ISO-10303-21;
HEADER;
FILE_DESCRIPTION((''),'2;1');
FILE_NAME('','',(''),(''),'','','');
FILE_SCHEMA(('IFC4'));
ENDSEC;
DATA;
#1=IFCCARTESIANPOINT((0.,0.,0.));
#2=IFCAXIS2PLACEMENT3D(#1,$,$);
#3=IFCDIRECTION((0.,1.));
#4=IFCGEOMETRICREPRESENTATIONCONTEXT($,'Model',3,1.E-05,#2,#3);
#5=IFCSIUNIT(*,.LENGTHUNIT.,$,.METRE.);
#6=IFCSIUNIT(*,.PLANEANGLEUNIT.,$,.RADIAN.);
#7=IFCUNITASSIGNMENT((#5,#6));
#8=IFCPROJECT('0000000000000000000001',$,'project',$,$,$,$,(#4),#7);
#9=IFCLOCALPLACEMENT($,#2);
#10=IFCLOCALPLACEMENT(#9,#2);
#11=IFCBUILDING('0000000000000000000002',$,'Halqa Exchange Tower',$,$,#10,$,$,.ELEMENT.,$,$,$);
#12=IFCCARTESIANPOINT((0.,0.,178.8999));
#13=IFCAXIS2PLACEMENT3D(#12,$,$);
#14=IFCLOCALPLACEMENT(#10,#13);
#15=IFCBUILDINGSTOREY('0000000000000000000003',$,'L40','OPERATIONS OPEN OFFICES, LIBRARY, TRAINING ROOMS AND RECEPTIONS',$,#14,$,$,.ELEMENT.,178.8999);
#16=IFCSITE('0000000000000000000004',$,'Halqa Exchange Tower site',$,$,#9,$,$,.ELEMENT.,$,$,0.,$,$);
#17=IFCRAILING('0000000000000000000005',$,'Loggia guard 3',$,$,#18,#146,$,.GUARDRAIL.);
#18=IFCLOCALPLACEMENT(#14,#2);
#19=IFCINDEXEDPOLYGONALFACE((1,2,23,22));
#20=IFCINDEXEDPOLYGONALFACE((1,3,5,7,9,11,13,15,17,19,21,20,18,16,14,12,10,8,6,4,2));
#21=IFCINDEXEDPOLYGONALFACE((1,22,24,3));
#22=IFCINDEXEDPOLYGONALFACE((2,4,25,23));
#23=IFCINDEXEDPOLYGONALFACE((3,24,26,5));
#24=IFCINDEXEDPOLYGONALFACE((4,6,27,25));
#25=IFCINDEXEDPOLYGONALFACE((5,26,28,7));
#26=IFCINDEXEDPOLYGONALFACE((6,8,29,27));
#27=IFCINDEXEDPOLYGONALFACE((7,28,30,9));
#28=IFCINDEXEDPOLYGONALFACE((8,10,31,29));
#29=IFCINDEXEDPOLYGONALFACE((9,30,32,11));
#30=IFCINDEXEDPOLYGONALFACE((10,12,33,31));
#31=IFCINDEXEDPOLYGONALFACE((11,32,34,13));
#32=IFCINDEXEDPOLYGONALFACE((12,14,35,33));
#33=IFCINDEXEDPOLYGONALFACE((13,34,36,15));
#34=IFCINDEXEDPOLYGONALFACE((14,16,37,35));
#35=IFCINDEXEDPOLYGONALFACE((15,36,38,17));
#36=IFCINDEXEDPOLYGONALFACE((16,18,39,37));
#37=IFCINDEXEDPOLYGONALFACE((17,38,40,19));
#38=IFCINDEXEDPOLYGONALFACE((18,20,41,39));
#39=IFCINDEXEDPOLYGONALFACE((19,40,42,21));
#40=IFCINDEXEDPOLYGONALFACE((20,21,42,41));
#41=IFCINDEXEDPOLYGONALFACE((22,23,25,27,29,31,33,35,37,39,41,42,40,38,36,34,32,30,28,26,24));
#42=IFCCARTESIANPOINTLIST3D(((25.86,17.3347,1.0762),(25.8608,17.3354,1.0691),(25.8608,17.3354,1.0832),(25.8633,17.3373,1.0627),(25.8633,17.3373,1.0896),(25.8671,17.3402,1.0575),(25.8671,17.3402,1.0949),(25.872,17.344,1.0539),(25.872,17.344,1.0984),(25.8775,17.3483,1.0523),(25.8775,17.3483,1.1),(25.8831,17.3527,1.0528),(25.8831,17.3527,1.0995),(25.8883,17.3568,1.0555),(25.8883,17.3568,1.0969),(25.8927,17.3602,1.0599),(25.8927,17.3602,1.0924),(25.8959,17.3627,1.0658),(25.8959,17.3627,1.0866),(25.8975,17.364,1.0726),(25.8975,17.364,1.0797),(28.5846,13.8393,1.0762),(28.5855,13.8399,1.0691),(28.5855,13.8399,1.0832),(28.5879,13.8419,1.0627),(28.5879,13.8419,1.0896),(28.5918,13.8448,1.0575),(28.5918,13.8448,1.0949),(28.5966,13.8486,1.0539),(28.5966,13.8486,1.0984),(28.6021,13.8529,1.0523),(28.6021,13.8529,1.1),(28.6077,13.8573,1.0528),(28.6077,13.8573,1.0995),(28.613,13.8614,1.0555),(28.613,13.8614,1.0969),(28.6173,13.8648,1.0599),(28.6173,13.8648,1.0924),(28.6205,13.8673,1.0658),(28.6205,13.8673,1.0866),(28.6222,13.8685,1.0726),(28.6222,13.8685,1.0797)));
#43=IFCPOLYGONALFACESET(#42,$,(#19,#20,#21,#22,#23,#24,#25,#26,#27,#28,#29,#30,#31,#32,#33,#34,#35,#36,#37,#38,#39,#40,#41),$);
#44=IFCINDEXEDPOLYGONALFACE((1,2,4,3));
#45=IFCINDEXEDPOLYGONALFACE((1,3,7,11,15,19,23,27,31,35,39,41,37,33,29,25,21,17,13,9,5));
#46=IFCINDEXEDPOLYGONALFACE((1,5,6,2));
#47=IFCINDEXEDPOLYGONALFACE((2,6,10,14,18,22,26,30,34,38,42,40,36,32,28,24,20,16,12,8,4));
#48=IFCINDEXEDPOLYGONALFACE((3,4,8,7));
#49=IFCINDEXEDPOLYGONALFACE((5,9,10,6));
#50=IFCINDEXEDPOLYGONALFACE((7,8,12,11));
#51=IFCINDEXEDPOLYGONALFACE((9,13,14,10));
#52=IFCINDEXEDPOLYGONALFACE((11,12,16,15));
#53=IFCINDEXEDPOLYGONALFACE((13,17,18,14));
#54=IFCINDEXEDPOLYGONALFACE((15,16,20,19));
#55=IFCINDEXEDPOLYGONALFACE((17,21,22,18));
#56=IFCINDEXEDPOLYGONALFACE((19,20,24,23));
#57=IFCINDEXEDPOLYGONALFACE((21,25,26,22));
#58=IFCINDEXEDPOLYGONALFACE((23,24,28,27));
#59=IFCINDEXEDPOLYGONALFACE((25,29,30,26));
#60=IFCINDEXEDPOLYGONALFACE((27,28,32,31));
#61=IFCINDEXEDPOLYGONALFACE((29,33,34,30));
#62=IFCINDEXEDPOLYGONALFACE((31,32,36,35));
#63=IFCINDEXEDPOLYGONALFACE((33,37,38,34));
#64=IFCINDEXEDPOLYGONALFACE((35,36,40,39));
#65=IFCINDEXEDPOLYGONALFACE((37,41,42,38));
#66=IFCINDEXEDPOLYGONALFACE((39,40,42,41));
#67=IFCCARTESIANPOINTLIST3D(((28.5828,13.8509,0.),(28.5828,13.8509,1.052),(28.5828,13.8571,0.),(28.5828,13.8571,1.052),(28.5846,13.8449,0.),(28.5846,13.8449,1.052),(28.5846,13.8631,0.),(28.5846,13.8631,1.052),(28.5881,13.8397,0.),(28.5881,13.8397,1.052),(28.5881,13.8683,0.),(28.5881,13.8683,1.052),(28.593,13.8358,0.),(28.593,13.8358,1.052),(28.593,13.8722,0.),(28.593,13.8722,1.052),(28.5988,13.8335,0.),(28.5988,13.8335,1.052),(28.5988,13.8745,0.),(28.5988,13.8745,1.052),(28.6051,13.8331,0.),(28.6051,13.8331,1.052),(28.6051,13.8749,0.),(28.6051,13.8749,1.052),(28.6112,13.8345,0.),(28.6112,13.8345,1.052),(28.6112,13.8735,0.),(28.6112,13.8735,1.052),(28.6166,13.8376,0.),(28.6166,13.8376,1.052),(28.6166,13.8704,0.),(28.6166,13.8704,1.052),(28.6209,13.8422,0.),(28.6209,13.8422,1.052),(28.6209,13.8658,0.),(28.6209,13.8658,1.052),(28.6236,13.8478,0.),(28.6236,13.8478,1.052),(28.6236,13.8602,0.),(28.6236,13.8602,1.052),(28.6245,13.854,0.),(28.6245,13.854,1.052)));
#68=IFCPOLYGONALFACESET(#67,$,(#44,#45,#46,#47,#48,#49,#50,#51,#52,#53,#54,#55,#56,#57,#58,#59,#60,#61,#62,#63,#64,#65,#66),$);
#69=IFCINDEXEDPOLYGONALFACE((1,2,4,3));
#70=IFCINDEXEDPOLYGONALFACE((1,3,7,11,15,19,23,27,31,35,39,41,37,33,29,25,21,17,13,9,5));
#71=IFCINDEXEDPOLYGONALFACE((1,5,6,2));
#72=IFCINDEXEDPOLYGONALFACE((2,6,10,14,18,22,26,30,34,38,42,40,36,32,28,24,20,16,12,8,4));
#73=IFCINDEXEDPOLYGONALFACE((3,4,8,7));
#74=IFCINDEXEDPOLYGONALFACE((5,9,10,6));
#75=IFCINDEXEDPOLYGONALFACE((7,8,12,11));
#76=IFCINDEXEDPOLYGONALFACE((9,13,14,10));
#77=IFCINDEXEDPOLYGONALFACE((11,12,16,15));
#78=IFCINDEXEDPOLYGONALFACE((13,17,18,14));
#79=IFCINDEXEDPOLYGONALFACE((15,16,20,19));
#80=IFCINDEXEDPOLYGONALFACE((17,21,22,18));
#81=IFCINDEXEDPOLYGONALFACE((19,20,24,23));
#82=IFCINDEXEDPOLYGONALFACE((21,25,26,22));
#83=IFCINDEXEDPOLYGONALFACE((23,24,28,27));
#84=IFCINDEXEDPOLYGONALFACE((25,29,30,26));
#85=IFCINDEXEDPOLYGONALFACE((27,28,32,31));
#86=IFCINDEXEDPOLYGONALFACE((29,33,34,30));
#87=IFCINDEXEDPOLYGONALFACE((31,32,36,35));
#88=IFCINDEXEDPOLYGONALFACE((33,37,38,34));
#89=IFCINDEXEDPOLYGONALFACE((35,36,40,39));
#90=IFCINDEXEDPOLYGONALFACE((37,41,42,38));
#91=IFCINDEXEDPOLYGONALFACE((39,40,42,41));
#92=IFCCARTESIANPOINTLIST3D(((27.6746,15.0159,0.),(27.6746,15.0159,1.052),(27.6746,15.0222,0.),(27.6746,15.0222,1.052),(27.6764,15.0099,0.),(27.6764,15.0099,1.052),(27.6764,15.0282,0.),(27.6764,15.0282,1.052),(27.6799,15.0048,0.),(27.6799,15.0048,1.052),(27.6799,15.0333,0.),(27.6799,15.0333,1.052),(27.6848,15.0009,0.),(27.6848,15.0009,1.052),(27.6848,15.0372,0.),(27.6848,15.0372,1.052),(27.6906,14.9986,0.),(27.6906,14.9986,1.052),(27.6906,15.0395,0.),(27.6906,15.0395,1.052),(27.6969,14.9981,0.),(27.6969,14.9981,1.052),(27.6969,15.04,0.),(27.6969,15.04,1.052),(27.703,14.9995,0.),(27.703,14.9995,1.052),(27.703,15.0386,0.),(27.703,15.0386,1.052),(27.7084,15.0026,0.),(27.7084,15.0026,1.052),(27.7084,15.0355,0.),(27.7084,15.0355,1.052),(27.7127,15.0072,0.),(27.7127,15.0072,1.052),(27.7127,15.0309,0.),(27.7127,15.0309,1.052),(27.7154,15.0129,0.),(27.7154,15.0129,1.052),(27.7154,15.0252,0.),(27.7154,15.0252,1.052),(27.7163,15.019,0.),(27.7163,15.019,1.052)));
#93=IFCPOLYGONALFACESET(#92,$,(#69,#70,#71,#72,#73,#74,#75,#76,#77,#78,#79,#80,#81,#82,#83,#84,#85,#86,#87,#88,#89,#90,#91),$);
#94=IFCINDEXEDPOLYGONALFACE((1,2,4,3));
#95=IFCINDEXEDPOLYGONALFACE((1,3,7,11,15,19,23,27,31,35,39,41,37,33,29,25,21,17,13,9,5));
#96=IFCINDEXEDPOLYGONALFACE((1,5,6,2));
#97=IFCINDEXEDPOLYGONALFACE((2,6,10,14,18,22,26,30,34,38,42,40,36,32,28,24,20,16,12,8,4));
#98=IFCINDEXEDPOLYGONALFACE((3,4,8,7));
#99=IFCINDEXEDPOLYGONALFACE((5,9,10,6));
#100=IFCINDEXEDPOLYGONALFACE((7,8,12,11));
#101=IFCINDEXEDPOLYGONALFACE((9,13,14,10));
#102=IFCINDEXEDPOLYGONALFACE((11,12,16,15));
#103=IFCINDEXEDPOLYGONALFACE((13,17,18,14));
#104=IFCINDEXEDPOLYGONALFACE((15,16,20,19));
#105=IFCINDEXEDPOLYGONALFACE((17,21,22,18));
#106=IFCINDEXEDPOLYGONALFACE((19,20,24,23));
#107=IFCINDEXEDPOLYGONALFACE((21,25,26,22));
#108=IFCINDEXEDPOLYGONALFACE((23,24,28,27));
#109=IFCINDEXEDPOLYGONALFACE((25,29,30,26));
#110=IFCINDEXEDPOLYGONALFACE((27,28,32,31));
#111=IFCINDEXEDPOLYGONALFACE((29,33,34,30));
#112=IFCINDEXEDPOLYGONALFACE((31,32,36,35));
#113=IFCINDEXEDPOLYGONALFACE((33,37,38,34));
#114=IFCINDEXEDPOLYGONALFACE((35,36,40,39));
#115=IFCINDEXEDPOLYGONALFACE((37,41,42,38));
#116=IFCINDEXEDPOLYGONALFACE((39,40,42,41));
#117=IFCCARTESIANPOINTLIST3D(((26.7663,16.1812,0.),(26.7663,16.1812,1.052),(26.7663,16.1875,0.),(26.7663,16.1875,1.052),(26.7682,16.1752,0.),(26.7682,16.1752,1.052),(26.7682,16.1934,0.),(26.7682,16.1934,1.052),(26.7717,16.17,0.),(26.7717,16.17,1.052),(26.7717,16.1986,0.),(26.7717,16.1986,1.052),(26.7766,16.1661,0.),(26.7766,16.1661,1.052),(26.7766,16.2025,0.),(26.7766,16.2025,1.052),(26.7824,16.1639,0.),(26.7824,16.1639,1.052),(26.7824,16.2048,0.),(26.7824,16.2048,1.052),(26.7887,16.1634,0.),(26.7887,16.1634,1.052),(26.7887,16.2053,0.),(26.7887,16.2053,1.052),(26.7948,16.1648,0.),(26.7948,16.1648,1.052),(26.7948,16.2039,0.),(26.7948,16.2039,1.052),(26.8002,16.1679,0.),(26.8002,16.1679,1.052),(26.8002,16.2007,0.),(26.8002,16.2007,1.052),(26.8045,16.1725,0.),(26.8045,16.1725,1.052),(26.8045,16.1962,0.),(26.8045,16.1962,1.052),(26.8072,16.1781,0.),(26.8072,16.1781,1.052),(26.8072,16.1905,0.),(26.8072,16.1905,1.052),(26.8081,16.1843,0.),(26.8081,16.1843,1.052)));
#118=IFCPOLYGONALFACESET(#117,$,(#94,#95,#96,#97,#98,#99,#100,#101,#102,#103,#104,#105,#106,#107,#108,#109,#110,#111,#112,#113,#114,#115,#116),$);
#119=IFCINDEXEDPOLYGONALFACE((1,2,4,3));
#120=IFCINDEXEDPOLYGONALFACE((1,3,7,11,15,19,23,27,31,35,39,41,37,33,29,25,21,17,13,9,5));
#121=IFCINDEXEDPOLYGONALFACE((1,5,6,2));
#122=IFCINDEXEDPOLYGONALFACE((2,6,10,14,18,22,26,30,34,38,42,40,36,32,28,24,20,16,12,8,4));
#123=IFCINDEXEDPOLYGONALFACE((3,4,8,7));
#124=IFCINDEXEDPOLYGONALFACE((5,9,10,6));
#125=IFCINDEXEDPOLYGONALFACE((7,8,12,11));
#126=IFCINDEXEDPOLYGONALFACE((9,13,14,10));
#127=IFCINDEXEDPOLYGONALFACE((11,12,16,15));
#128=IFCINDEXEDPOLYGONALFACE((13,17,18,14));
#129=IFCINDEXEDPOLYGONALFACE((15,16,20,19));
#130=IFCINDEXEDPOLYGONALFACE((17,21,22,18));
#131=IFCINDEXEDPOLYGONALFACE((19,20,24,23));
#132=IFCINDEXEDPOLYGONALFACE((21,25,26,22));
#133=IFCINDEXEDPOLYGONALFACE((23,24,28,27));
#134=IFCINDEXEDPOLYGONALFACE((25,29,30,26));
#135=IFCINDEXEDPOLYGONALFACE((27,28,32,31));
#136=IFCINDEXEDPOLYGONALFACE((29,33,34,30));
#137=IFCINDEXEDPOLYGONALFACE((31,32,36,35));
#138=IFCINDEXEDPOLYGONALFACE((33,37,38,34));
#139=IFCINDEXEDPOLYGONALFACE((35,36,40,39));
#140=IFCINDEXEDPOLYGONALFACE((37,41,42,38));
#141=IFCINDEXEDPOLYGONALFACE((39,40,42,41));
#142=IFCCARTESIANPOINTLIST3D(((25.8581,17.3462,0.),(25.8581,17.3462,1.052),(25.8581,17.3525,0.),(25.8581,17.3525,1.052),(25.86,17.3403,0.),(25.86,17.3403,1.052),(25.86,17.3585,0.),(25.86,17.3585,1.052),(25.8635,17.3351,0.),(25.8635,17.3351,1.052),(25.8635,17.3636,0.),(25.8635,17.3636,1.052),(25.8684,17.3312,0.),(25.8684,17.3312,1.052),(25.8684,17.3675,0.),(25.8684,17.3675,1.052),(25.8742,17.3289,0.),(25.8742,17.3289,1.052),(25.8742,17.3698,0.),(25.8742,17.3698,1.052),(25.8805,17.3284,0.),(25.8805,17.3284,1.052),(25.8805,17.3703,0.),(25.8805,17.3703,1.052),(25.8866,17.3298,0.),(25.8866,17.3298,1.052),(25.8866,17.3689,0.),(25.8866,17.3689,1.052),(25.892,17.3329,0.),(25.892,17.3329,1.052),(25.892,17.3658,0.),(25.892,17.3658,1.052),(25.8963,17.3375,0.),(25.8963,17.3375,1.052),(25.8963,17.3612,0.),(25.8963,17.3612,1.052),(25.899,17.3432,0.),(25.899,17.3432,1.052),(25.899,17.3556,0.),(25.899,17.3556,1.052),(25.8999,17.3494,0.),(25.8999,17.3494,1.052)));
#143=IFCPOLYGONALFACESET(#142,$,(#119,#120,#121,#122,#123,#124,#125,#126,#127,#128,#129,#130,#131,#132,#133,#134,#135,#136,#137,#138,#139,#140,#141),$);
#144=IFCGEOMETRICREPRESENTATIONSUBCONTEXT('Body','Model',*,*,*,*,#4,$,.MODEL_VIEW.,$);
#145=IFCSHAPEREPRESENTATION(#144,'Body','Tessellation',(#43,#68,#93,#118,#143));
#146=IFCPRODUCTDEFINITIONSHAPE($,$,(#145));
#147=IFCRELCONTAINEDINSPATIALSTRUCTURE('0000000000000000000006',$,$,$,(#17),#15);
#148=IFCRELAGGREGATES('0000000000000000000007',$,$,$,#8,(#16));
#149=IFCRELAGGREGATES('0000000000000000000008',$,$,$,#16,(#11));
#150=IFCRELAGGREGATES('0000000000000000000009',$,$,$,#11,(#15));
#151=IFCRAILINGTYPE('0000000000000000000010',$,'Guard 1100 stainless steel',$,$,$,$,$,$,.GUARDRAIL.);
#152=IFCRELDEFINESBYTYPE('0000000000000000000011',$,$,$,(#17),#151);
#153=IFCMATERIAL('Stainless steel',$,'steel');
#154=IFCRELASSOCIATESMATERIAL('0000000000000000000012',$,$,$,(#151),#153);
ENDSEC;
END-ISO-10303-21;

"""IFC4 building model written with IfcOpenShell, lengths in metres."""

from ifc_helpers import new_model, si_unit, direction, frame, origin, origin_2d, place, context, subcontext, project, spatial, circle, extrude, material, type_object, element, save


model = new_model("IFC4")

# Units and contexts
model_context = context("Model", 3, precision=1e-05, world=origin(), true_north=direction((0.0, 1.0)))
body_context = subcontext(model_context, "Body", "Model", "MODEL_VIEW")
ifc_project = project(units=[si_unit("LENGTHUNIT", "METRE"), si_unit("PLANEANGLEUNIT", "RADIAN")], contexts=[model_context])

# Site, building, storey
site_placement = place(None, origin())
site = spatial("IfcSite", under=ifc_project, at=site_placement, Name="Halqa Exchange Tower site", CompositionType="ELEMENT", RefElevation=0.0)
building_placement = place(site_placement, origin())
building = spatial("IfcBuilding", under=site, at=building_placement, Name="Halqa Exchange Tower", CompositionType="ELEMENT")
storey_placement = place(building_placement, frame((0.0, 0.0, 178.8999)))
storey = spatial("IfcBuildingStorey", under=building, at=storey_placement, Name="L40", Description="OPERATIONS OPEN OFFICES, LIBRARY, TRAINING ROOMS AND RECEPTIONS", CompositionType="ELEMENT", Elevation=178.8999)

# Railing
ifc_material_1 = material(Name="Stainless steel", Category="steel")
railing_type = type_object("IfcRailingType", Name="Guard 1100 stainless steel", PredefinedType="GUARDRAIL", material=ifc_material_1)
railing_1_placement = place(storey_placement, frame((28.6035, 13.854, 0.0)))
element("IfcRailing", 1, at=railing_1_placement, inside=storey, type_object=railing_type, Name="Loggia guard 3", PredefinedType="GUARDRAIL", context=body_context, shape_type="SweptSolid", body=[
    extrude(circle(Radius=0.0239, at=origin_2d()), frame((0.0, 0.0, 1.0762), z_axis=(-0.614783, 0.788696, 0.0), x_axis=(-0.788696, -0.614783, 0.0)), (0.0, 0.0, 1.0), 4.4319),
    extrude(circle(Radius=0.021, at=origin_2d()), origin(), (0.0, 0.0, 1.0), 1.052),
    extrude(circle(Radius=0.021, at=origin_2d()), frame((-0.9082, 1.165, 0.0)), (0.0, 0.0, 1.0), 1.052),
    extrude(circle(Radius=0.021, at=origin_2d()), frame((-1.8164, 2.3303, 0.0)), (0.0, 0.0, 1.0), 1.052),
    extrude(circle(Radius=0.021, at=origin_2d()), frame((-2.7246, 3.4954, 0.0)), (0.0, 0.0, 1.0), 1.052),
])

save(model, "model.ifc")
